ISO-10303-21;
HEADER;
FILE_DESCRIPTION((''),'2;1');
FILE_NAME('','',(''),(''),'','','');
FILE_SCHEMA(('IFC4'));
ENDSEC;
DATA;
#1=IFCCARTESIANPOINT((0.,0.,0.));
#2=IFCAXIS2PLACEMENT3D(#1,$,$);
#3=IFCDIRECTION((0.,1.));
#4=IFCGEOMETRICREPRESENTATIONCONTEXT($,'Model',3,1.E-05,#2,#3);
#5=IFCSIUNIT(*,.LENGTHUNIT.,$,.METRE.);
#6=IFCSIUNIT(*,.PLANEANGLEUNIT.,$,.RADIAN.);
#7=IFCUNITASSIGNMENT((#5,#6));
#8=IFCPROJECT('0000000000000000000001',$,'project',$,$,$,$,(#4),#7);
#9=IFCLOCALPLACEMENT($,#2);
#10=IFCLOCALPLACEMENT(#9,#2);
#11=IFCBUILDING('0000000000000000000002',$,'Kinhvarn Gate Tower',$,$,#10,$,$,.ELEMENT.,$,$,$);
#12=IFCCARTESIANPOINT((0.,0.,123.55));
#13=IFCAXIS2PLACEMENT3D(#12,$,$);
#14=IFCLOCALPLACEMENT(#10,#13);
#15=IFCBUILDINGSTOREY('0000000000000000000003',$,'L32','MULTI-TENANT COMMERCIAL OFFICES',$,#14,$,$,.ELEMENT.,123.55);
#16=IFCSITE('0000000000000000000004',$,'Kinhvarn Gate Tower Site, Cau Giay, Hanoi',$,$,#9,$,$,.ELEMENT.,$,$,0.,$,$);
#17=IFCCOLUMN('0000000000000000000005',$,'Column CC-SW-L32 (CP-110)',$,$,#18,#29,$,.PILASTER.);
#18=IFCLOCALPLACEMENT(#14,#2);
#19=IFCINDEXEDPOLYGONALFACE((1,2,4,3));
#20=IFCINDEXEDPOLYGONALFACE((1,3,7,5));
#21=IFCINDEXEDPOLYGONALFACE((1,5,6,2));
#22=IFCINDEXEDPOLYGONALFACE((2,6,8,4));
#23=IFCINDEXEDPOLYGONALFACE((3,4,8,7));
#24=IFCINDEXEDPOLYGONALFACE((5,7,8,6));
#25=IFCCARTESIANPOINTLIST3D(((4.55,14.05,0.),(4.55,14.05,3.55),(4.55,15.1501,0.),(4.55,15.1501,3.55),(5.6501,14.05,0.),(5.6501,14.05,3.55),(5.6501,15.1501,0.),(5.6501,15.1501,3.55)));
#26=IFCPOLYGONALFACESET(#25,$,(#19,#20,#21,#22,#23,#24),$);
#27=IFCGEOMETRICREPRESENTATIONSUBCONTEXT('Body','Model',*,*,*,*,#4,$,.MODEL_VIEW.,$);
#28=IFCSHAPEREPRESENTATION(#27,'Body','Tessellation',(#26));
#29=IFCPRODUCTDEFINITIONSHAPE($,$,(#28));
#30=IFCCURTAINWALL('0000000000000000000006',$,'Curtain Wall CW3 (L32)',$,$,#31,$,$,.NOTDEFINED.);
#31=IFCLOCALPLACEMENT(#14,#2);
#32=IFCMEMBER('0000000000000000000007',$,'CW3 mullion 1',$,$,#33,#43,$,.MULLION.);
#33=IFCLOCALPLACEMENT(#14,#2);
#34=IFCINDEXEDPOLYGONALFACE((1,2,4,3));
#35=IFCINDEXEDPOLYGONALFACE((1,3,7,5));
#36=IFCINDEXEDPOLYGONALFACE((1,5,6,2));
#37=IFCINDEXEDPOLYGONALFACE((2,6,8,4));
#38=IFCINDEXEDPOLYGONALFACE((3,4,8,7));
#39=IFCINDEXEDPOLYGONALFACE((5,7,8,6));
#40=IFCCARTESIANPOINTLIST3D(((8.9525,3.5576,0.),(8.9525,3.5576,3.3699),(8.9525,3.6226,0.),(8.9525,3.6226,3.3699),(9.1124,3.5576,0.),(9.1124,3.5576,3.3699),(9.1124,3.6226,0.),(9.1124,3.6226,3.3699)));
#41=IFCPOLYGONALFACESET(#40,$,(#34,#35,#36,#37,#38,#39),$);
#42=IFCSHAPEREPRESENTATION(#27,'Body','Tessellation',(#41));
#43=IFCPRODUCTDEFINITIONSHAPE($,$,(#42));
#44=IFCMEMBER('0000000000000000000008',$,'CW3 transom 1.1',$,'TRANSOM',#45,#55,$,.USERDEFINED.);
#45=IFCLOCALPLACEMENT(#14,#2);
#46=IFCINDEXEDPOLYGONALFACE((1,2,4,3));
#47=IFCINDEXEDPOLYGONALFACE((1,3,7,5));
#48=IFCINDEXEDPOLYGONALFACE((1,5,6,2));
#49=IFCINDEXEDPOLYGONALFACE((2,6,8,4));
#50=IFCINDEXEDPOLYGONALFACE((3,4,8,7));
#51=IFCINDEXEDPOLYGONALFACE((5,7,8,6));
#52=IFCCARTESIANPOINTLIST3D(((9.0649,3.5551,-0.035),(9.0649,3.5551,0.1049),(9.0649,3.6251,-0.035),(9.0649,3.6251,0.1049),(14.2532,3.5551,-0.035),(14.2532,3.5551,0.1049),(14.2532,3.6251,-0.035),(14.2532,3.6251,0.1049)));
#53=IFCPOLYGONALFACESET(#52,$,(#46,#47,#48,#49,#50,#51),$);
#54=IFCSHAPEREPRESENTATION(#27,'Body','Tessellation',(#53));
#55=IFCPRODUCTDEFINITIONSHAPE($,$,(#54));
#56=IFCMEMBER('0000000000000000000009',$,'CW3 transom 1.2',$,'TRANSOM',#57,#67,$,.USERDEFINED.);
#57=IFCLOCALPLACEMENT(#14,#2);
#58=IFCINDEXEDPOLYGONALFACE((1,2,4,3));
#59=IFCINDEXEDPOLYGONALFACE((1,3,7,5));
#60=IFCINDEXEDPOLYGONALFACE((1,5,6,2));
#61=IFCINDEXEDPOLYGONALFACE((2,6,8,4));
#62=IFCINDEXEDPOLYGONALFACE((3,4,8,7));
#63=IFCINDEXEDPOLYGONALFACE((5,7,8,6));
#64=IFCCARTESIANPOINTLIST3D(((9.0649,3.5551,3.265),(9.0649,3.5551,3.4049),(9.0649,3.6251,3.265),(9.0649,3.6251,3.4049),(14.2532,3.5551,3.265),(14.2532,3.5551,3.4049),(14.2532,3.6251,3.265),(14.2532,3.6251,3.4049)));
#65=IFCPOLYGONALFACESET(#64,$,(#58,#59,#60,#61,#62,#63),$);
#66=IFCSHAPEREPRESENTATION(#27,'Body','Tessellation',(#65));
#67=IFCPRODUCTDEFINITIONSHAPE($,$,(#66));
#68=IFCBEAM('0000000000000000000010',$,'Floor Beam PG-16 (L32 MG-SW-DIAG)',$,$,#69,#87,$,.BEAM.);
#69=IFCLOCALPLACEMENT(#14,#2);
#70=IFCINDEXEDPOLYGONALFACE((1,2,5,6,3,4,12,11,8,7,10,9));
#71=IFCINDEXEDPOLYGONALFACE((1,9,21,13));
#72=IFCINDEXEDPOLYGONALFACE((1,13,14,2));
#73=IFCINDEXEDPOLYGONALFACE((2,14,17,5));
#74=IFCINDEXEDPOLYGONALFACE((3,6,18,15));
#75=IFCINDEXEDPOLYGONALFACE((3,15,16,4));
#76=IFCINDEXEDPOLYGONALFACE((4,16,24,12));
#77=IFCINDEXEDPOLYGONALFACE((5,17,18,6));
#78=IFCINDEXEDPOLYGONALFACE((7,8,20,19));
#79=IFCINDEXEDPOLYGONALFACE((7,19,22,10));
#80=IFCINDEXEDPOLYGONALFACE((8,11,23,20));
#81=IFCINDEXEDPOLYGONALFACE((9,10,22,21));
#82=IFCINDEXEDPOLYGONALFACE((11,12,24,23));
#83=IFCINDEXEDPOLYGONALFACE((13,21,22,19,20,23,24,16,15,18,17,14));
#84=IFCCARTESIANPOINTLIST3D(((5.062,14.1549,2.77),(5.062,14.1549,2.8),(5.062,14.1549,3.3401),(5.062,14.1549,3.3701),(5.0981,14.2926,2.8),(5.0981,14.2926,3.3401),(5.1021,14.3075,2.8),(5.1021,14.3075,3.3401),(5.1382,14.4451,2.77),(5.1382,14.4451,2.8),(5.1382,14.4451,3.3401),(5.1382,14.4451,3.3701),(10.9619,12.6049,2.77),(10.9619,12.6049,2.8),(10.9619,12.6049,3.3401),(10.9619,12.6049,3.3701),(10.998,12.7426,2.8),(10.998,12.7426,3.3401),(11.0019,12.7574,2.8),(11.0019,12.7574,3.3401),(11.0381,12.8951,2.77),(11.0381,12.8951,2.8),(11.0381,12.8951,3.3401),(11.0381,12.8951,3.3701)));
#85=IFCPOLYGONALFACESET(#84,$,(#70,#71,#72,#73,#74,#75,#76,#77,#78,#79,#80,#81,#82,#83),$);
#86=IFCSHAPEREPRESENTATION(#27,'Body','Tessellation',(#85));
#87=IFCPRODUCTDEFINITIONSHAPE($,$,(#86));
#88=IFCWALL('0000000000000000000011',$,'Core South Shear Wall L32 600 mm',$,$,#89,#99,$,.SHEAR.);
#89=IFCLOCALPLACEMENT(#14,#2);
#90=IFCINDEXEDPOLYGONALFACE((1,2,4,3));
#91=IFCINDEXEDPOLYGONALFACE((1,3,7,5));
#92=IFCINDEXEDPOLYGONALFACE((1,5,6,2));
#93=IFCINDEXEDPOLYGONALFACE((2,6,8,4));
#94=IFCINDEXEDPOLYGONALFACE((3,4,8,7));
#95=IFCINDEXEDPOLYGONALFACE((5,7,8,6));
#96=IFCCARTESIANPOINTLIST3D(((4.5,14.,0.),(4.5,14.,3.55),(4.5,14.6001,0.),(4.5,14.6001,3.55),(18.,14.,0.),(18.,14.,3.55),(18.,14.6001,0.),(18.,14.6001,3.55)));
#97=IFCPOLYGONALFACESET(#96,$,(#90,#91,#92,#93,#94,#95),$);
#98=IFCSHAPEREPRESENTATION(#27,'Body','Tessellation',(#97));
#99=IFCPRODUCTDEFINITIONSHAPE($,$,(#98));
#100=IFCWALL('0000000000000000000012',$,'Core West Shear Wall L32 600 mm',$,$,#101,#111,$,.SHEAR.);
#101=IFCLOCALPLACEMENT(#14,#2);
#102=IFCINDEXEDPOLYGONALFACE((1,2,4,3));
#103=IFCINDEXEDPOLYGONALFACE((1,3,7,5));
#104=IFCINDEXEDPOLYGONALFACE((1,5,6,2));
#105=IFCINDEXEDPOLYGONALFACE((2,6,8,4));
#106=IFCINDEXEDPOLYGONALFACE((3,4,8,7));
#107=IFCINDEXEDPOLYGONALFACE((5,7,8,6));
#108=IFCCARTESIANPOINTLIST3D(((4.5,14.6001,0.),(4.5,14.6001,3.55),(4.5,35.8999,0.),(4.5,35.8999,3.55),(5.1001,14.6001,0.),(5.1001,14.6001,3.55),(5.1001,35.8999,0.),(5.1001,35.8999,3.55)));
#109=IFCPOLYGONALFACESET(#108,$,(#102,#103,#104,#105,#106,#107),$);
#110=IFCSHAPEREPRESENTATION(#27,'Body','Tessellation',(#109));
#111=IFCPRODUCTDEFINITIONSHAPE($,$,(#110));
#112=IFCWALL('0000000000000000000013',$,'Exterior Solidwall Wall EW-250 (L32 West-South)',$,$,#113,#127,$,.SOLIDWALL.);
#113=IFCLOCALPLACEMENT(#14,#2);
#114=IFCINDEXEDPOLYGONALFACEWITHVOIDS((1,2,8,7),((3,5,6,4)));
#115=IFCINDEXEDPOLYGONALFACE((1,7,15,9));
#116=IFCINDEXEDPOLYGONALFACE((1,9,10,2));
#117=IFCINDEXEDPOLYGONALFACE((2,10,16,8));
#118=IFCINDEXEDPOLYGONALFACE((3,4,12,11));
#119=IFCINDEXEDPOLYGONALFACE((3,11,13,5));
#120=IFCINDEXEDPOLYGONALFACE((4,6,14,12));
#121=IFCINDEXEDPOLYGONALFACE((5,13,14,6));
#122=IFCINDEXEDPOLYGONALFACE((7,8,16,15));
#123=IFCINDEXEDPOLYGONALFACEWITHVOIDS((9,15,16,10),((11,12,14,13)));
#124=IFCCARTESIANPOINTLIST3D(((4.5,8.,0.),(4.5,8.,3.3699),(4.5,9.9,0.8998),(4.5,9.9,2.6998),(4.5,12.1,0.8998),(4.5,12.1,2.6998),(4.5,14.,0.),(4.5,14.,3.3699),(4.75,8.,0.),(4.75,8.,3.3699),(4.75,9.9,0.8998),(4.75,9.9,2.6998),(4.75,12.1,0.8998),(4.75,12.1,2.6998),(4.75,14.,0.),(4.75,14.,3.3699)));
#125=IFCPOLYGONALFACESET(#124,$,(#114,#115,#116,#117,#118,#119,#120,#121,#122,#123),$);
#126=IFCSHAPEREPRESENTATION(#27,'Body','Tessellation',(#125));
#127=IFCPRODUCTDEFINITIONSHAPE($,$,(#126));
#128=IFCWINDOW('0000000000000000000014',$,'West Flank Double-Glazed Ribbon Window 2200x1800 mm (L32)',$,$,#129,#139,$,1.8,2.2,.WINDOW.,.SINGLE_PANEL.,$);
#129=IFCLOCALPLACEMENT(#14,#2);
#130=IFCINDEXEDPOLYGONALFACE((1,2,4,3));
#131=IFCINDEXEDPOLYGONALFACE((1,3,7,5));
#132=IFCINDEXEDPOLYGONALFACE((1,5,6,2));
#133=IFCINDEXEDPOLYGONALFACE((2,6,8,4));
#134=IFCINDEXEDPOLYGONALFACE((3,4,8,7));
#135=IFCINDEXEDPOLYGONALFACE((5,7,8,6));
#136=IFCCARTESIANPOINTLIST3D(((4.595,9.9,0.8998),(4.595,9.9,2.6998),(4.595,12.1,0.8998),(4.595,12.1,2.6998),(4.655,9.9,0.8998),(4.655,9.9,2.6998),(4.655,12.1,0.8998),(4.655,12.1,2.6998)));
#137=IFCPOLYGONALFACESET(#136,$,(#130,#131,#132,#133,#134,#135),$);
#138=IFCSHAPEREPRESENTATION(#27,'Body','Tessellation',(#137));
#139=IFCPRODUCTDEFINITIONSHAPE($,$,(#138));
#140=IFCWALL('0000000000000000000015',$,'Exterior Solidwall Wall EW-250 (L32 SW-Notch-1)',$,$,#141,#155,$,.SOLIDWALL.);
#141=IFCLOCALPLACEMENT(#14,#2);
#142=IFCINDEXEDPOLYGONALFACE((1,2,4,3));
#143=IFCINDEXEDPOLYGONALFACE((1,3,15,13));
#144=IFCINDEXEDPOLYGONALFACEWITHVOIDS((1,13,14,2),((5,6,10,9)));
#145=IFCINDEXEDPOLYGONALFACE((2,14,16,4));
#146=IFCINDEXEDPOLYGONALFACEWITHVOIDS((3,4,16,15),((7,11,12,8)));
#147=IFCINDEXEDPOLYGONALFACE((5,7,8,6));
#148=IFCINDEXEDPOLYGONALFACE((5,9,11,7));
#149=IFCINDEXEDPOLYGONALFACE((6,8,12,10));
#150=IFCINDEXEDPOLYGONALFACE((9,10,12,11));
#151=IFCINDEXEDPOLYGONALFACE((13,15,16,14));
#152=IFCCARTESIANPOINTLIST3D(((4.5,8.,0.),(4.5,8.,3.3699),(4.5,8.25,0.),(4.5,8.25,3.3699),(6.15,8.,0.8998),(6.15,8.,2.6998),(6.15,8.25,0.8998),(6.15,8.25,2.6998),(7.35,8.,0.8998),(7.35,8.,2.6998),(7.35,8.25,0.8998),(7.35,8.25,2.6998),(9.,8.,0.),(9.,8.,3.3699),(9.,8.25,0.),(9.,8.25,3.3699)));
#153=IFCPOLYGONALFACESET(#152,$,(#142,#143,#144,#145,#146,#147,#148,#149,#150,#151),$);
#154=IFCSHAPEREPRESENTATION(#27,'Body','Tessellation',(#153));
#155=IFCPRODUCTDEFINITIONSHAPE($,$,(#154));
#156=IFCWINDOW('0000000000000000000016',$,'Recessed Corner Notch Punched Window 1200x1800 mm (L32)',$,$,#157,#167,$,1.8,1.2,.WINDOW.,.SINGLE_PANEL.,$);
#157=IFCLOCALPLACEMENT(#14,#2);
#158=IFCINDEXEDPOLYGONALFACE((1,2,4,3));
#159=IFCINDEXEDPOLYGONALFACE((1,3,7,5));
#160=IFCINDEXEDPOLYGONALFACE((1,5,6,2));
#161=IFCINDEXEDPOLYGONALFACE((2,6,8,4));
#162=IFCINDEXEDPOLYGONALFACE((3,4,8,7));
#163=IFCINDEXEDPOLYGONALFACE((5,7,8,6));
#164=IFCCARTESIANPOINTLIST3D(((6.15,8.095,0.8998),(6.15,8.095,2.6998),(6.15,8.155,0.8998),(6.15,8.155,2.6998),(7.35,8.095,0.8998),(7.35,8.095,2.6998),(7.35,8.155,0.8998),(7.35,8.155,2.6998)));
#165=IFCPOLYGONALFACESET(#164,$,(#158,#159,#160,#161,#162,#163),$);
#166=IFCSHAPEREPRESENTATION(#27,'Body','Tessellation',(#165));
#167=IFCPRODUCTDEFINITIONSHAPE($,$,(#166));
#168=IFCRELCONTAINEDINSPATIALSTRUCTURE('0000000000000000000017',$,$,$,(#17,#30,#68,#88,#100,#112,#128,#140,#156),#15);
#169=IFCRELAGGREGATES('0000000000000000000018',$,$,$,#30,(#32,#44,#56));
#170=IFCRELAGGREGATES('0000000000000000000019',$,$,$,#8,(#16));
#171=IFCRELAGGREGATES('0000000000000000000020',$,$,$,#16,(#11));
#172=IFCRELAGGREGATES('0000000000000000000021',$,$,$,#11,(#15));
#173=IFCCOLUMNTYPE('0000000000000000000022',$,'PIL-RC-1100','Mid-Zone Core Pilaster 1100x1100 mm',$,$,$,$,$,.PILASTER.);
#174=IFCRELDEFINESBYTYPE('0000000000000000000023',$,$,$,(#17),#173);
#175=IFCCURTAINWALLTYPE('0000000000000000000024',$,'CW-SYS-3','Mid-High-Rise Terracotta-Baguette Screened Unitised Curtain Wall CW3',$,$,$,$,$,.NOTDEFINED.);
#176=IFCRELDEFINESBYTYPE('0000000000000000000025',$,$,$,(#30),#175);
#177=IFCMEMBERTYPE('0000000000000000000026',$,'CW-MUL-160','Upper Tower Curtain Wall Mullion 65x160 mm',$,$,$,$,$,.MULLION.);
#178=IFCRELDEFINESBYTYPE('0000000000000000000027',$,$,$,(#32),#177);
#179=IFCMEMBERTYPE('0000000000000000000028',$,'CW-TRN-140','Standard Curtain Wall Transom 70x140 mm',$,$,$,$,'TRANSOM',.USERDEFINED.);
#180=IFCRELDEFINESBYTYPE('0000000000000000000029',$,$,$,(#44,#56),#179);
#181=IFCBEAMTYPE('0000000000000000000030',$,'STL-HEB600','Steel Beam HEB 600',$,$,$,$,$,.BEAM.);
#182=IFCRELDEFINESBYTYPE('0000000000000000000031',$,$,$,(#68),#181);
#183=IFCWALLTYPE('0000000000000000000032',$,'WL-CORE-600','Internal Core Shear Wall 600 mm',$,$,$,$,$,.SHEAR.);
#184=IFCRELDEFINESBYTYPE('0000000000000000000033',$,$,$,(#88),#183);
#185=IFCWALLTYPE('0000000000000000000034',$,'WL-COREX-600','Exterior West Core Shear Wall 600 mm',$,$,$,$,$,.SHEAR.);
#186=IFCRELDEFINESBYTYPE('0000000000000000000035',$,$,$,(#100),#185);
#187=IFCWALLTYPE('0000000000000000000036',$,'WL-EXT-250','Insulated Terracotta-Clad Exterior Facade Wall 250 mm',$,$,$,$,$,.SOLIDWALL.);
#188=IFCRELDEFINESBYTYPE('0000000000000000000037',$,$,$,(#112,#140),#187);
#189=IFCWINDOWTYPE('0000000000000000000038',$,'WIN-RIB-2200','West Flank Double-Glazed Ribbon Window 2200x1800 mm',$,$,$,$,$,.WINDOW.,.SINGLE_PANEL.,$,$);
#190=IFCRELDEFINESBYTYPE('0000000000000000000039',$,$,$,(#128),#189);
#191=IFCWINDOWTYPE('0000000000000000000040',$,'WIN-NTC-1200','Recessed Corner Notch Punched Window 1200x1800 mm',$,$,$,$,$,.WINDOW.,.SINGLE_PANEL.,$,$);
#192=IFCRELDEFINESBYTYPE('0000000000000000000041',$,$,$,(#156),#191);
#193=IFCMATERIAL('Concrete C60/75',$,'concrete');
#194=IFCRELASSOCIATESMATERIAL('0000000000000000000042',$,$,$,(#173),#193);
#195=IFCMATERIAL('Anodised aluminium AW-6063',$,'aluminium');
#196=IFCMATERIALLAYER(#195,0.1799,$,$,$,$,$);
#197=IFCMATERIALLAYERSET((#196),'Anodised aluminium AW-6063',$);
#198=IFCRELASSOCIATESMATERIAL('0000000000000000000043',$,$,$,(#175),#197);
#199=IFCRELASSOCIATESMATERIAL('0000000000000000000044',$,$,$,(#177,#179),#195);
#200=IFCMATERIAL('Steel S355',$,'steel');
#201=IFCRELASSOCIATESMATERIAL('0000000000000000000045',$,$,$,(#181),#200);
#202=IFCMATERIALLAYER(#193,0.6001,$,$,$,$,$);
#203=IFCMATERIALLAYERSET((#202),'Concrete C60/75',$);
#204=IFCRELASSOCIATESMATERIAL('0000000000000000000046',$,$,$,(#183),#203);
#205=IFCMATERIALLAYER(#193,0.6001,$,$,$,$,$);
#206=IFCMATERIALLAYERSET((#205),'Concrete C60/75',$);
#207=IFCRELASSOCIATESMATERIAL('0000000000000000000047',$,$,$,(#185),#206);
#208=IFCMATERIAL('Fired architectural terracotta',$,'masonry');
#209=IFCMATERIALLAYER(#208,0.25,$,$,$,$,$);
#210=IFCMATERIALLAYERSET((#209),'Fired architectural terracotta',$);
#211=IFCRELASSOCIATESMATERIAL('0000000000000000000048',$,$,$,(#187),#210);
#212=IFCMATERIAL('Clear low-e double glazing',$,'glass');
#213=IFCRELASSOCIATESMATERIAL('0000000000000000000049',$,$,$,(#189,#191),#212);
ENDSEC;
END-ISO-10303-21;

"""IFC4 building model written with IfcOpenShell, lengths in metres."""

from ifc_helpers import new_model, si_unit, direction, frame, frame_2d, origin, origin_2d, place, context, subcontext, project, spatial, rectangle, i_section, extrude, material, layer, layer_set, material_profile, profile_set, type_object, element, fill, aggregate, save


model = new_model("IFC4")

# Units and contexts
model_context = context("Model", 3, precision=1e-05, world=origin(), true_north=direction((0.0, 1.0)))
body_context = subcontext(model_context, "Body", "Model", "MODEL_VIEW")
ifc_project = project(units=[si_unit("LENGTHUNIT", "METRE"), si_unit("PLANEANGLEUNIT", "RADIAN")], contexts=[model_context])

# Site, building, storey
site_placement = place(None, origin())
site = spatial("IfcSite", under=ifc_project, at=site_placement, Name="Kinhvarn Gate Tower Site, Cau Giay, Hanoi", CompositionType="ELEMENT", RefElevation=0.0)
building_placement = place(site_placement, origin())
building = spatial("IfcBuilding", under=site, at=building_placement, Name="Kinhvarn Gate Tower", CompositionType="ELEMENT")
storey_placement = place(building_placement, frame((0.0, 0.0, 123.55)))
storey = spatial("IfcBuildingStorey", under=building, at=storey_placement, Name="L32", Description="MULTI-TENANT COMMERCIAL OFFICES", CompositionType="ELEMENT", Elevation=123.55)

# Column
ifc_material_1 = material(Name="Concrete C60/75", Category="concrete")
ifc_material_profile_1 = material_profile(ifc_material_1, rectangle(XDim=1.1001, YDim=1.1001, at=origin_2d()), Name="RC 1100x1100")
ifc_profile_set_1 = profile_set([ifc_material_profile_1], Name="Concrete C60/75")
column_type = type_object("IfcColumnType", Name="PIL-RC-1100", Description="Mid-Zone Core Pilaster 1100x1100 mm", PredefinedType="PILASTER", material=ifc_profile_set_1)
column_placement = place(storey_placement, frame((5.1001, 14.6001, 0.0), z_axis=(0.0, 0.0, 1.0), x_axis=(1.0, 0.0, 0.0)))
element("IfcColumn", 1, at=column_placement, inside=storey, type_object=column_type, Name="Column CC-SW-L32 (CP-110)", PredefinedType="PILASTER", context=body_context, shape_type="SweptSolid", body=[
    extrude(rectangle(XDim=1.1001, YDim=1.1001, at=origin_2d()), origin(), (0.0, 0.0, 1.0), 3.55),
])

# Curtain wall, members
ifc_material_2 = material(Name="Anodised aluminium AW-6063", Category="aluminium")
ifc_layer_1 = layer(ifc_material_2, 0.1799)
ifc_layer_set_1 = layer_set([ifc_layer_1], Name="Anodised aluminium AW-6063")
curtain_wall_type = type_object("IfcCurtainWallType", Name="CW-SYS-3", Description="Mid-High-Rise Terracotta-Baguette Screened Unitised Curtain Wall CW3", PredefinedType="NOTDEFINED", material=ifc_layer_set_1)
curtain_wall_placement = place(storey_placement, origin())
curtain_wall = element("IfcCurtainWall", 2, at=curtain_wall_placement, inside=storey, type_object=curtain_wall_type, Name="Curtain Wall CW3 (L32)", PredefinedType="NOTDEFINED")
ifc_material_profile_2 = material_profile(ifc_material_2, rectangle(XDim=0.0649, YDim=0.1599, at=origin_2d()), Name="ALU 65x160")
ifc_profile_set_2 = profile_set([ifc_material_profile_2], Name="Anodised aluminium AW-6063")
member_type_1 = type_object("IfcMemberType", Name="CW-MUL-160", Description="Upper Tower Curtain Wall Mullion 65x160 mm", PredefinedType="MULLION", material=ifc_profile_set_2)
member_1_placement = place(storey_placement, frame((9.0325, 3.5901, 0.0), z_axis=(0.0, 0.0, 1.0), x_axis=(0.0, 1.0, 0.0)))
member_1 = element("IfcMember", 3, at=member_1_placement, type_object=member_type_1, Name="CW3 mullion 1", PredefinedType="MULLION", context=body_context, shape_type="SweptSolid", body=[
    extrude(rectangle(XDim=0.0649, YDim=0.1599, at=origin_2d()), origin(), (0.0, 0.0, 1.0), 3.3699),
])
ifc_material_profile_3 = material_profile(ifc_material_2, rectangle(XDim=0.0701, YDim=0.1399, at=origin_2d()), Name="ALU 70x140")
ifc_profile_set_3 = profile_set([ifc_material_profile_3], Name="Anodised aluminium AW-6063")
member_type_2 = type_object("IfcMemberType", Name="CW-TRN-140", Description="Standard Curtain Wall Transom 70x140 mm", ElementType="TRANSOM", PredefinedType="USERDEFINED", material=ifc_profile_set_3)
member_2_placement = place(storey_placement, frame((9.0649, 3.5901, 0.0349), z_axis=(1.0, 0.0, 0.0), x_axis=(0.0, 1.0, 0.0)))
member_2 = element("IfcMember", 4, at=member_2_placement, type_object=member_type_2, Name="CW3 transom 1.1", ObjectType="TRANSOM", PredefinedType="USERDEFINED", context=body_context, shape_type="SweptSolid", body=[
    extrude(rectangle(XDim=0.0701, YDim=0.1399, at=origin_2d()), origin(), (0.0, 0.0, 1.0), 5.1882),
])
member_3_placement = place(storey_placement, frame((9.0649, 3.5901, 3.335), z_axis=(1.0, 0.0, 0.0), x_axis=(0.0, 1.0, 0.0)))
member_3 = element("IfcMember", 5, at=member_3_placement, type_object=member_type_2, Name="CW3 transom 1.2", ObjectType="TRANSOM", PredefinedType="USERDEFINED", context=body_context, shape_type="SweptSolid", body=[
    extrude(rectangle(XDim=0.0701, YDim=0.1399, at=origin_2d()), origin(), (0.0, 0.0, 1.0), 5.1882),
])
aggregate(curtain_wall, [member_1, member_2, member_3])

# Beam
ifc_material_3 = material(Name="Steel S355", Category="steel")
ifc_material_profile_4 = material_profile(ifc_material_3, i_section(OverallWidth=0.3, OverallDepth=0.6001, WebThickness=0.0154, FlangeThickness=0.03, at=origin_2d()), Name="HEB 600")
ifc_profile_set_4 = profile_set([ifc_material_profile_4], Name="Steel S355")
beam_type = type_object("IfcBeamType", Name="STL-HEB600", Description="Steel Beam HEB 600", PredefinedType="BEAM", material=ifc_profile_set_4)
beam_placement = place(storey_placement, frame((5.1001, 14.3, 3.0701), z_axis=(0.967178, -0.254101, 0.0), x_axis=(0.254101, 0.967178, 0.0)))
element("IfcBeam", 6, at=beam_placement, inside=storey, type_object=beam_type, Name="Floor Beam PG-16 (L32 MG-SW-DIAG)", PredefinedType="BEAM", context=body_context, shape_type="SweptSolid", body=[
    extrude(i_section(OverallWidth=0.3, OverallDepth=0.6001, WebThickness=0.0154, FlangeThickness=0.03, at=origin_2d()), origin(), (0.0, 0.0, 1.0), 6.1001),
])

# Walls
ifc_layer_2 = layer(ifc_material_1, 0.6001)
ifc_layer_set_2 = layer_set([ifc_layer_2], Name="Concrete C60/75")
wall_type_1 = type_object("IfcWallType", Name="WL-CORE-600", Description="Internal Core Shear Wall 600 mm", PredefinedType="SHEAR", material=ifc_layer_set_2)
wall_1_placement = place(storey_placement, frame((4.5, 14.3, 0.0), z_axis=(0.0, 0.0, 1.0), x_axis=(1.0, 0.0, 0.0)))
element("IfcWall", 7, at=wall_1_placement, inside=storey, type_object=wall_type_1, Name="Core South Shear Wall L32 600 mm", PredefinedType="SHEAR", context=body_context, shape_type="SweptSolid", body=[
    extrude(rectangle(XDim=13.5, YDim=0.6001, at=frame_2d((6.75, 0.0))), origin(), (0.0, 0.0, 1.0), 3.55),
])
ifc_layer_3 = layer(ifc_material_1, 0.6001)
ifc_layer_set_3 = layer_set([ifc_layer_3], Name="Concrete C60/75")
wall_type_2 = type_object("IfcWallType", Name="WL-COREX-600", Description="Exterior West Core Shear Wall 600 mm", PredefinedType="SHEAR", material=ifc_layer_set_3)
wall_2_placement = place(storey_placement, frame((4.8, 14.6001, 0.0), z_axis=(0.0, 0.0, 1.0), x_axis=(0.0, 1.0, 0.0)))
element("IfcWall", 8, at=wall_2_placement, inside=storey, type_object=wall_type_2, Name="Core West Shear Wall L32 600 mm", PredefinedType="SHEAR", context=body_context, shape_type="SweptSolid", body=[
    extrude(rectangle(XDim=21.2998, YDim=0.6001, at=frame_2d((10.6499, 0.0))), origin(), (0.0, 0.0, 1.0), 3.55),
])

# Walls, openings, windows
ifc_material_4 = material(Name="Fired architectural terracotta", Category="masonry")
ifc_layer_4 = layer(ifc_material_4, 0.25)
ifc_layer_set_4 = layer_set([ifc_layer_4], Name="Fired architectural terracotta")
wall_type_3 = type_object("IfcWallType", Name="WL-EXT-250", Description="Insulated Terracotta-Clad Exterior Facade Wall 250 mm", PredefinedType="SOLIDWALL", material=ifc_layer_set_4)
wall_3_placement = place(storey_placement, frame((4.625, 14.0, 0.0), z_axis=(0.0, 0.0, 1.0), x_axis=(0.0, -1.0, 0.0)))
wall_3 = element("IfcWall", 9, at=wall_3_placement, inside=storey, type_object=wall_type_3, Name="Exterior Solidwall Wall EW-250 (L32 West-South)", PredefinedType="SOLIDWALL", context=body_context, shape_type="SweptSolid", body=[
    extrude(rectangle(XDim=6.0, YDim=0.25, at=frame_2d((3.0, 0.0))), origin(), (0.0, 0.0, 1.0), 3.3699),
])
opening_1_placement = place(wall_3_placement, frame((1.8999, 0.0, 0.8999)))
opening_1 = element("IfcOpeningElement", 10, at=opening_1_placement, cuts=wall_3, PredefinedType="OPENING", context=body_context, shape_type="SweptSolid", body=[
    extrude(rectangle(XDim=2.2, YDim=1.8, at=frame_2d((1.1001, 0.8999))), frame((0.0, 0.135, 0.0), z_axis=(0.0, -1.0, 0.0), x_axis=(1.0, 0.0, 0.0)), (0.0, 0.0, 1.0), 0.27),
])
ifc_material_5 = material(Name="Clear low-e double glazing", Category="glass")
window_type_1 = type_object("IfcWindowType", Name="WIN-RIB-2200", Description="West Flank Double-Glazed Ribbon Window 2200x1800 mm", PartitioningType="SINGLE_PANEL", PredefinedType="WINDOW", material=ifc_material_5)
window_1_placement = place(opening_1_placement, origin())
window_1 = element("IfcWindow", 11, at=window_1_placement, inside=storey, type_object=window_type_1, Name="West Flank Double-Glazed Ribbon Window 2200x1800 mm (L32)", OverallHeight=1.8, OverallWidth=2.2, PartitioningType="SINGLE_PANEL", PredefinedType="WINDOW", context=body_context, shape_type="SweptSolid", body=[
    extrude(rectangle(XDim=2.2, YDim=1.8, at=frame_2d((1.1001, 0.8999))), frame((0.0, 0.03, 0.0), z_axis=(0.0, -1.0, 0.0), x_axis=(1.0, 0.0, 0.0)), (0.0, 0.0, 1.0), 0.0601),
])
fill(opening_1, window_1)
wall_4_placement = place(storey_placement, frame((4.5, 8.125, 0.0), z_axis=(0.0, 0.0, 1.0), x_axis=(1.0, 0.0, 0.0)))
wall_4 = element("IfcWall", 12, at=wall_4_placement, inside=storey, type_object=wall_type_3, Name="Exterior Solidwall Wall EW-250 (L32 SW-Notch-1)", PredefinedType="SOLIDWALL", context=body_context, shape_type="SweptSolid", body=[
    extrude(rectangle(XDim=4.5, YDim=0.25, at=frame_2d((2.25, 0.0))), origin(), (0.0, 0.0, 1.0), 3.3699),
])
opening_2_placement = place(wall_4_placement, frame((1.6499, 0.0, 0.8999)))
opening_2 = element("IfcOpeningElement", 13, at=opening_2_placement, cuts=wall_4, PredefinedType="OPENING", context=body_context, shape_type="SweptSolid", body=[
    extrude(rectangle(XDim=1.2, YDim=1.8, at=frame_2d((0.6001, 0.8999))), frame((0.0, 0.135, 0.0), z_axis=(0.0, -1.0, 0.0), x_axis=(1.0, 0.0, 0.0)), (0.0, 0.0, 1.0), 0.27),
])
window_type_2 = type_object("IfcWindowType", Name="WIN-NTC-1200", Description="Recessed Corner Notch Punched Window 1200x1800 mm", PartitioningType="SINGLE_PANEL", PredefinedType="WINDOW", material=ifc_material_5)
window_2_placement = place(opening_2_placement, origin())
window_2 = element("IfcWindow", 14, at=window_2_placement, inside=storey, type_object=window_type_2, Name="Recessed Corner Notch Punched Window 1200x1800 mm (L32)", OverallHeight=1.8, OverallWidth=1.2, PartitioningType="SINGLE_PANEL", PredefinedType="WINDOW", context=body_context, shape_type="SweptSolid", body=[
    extrude(rectangle(XDim=1.2, YDim=1.8, at=frame_2d((0.6001, 0.8999))), frame((0.0, 0.03, 0.0), z_axis=(0.0, -1.0, 0.0), x_axis=(1.0, 0.0, 0.0)), (0.0, 0.0, 1.0), 0.0601),
])
fill(opening_2, window_2)

save(model, "model.ifc")
